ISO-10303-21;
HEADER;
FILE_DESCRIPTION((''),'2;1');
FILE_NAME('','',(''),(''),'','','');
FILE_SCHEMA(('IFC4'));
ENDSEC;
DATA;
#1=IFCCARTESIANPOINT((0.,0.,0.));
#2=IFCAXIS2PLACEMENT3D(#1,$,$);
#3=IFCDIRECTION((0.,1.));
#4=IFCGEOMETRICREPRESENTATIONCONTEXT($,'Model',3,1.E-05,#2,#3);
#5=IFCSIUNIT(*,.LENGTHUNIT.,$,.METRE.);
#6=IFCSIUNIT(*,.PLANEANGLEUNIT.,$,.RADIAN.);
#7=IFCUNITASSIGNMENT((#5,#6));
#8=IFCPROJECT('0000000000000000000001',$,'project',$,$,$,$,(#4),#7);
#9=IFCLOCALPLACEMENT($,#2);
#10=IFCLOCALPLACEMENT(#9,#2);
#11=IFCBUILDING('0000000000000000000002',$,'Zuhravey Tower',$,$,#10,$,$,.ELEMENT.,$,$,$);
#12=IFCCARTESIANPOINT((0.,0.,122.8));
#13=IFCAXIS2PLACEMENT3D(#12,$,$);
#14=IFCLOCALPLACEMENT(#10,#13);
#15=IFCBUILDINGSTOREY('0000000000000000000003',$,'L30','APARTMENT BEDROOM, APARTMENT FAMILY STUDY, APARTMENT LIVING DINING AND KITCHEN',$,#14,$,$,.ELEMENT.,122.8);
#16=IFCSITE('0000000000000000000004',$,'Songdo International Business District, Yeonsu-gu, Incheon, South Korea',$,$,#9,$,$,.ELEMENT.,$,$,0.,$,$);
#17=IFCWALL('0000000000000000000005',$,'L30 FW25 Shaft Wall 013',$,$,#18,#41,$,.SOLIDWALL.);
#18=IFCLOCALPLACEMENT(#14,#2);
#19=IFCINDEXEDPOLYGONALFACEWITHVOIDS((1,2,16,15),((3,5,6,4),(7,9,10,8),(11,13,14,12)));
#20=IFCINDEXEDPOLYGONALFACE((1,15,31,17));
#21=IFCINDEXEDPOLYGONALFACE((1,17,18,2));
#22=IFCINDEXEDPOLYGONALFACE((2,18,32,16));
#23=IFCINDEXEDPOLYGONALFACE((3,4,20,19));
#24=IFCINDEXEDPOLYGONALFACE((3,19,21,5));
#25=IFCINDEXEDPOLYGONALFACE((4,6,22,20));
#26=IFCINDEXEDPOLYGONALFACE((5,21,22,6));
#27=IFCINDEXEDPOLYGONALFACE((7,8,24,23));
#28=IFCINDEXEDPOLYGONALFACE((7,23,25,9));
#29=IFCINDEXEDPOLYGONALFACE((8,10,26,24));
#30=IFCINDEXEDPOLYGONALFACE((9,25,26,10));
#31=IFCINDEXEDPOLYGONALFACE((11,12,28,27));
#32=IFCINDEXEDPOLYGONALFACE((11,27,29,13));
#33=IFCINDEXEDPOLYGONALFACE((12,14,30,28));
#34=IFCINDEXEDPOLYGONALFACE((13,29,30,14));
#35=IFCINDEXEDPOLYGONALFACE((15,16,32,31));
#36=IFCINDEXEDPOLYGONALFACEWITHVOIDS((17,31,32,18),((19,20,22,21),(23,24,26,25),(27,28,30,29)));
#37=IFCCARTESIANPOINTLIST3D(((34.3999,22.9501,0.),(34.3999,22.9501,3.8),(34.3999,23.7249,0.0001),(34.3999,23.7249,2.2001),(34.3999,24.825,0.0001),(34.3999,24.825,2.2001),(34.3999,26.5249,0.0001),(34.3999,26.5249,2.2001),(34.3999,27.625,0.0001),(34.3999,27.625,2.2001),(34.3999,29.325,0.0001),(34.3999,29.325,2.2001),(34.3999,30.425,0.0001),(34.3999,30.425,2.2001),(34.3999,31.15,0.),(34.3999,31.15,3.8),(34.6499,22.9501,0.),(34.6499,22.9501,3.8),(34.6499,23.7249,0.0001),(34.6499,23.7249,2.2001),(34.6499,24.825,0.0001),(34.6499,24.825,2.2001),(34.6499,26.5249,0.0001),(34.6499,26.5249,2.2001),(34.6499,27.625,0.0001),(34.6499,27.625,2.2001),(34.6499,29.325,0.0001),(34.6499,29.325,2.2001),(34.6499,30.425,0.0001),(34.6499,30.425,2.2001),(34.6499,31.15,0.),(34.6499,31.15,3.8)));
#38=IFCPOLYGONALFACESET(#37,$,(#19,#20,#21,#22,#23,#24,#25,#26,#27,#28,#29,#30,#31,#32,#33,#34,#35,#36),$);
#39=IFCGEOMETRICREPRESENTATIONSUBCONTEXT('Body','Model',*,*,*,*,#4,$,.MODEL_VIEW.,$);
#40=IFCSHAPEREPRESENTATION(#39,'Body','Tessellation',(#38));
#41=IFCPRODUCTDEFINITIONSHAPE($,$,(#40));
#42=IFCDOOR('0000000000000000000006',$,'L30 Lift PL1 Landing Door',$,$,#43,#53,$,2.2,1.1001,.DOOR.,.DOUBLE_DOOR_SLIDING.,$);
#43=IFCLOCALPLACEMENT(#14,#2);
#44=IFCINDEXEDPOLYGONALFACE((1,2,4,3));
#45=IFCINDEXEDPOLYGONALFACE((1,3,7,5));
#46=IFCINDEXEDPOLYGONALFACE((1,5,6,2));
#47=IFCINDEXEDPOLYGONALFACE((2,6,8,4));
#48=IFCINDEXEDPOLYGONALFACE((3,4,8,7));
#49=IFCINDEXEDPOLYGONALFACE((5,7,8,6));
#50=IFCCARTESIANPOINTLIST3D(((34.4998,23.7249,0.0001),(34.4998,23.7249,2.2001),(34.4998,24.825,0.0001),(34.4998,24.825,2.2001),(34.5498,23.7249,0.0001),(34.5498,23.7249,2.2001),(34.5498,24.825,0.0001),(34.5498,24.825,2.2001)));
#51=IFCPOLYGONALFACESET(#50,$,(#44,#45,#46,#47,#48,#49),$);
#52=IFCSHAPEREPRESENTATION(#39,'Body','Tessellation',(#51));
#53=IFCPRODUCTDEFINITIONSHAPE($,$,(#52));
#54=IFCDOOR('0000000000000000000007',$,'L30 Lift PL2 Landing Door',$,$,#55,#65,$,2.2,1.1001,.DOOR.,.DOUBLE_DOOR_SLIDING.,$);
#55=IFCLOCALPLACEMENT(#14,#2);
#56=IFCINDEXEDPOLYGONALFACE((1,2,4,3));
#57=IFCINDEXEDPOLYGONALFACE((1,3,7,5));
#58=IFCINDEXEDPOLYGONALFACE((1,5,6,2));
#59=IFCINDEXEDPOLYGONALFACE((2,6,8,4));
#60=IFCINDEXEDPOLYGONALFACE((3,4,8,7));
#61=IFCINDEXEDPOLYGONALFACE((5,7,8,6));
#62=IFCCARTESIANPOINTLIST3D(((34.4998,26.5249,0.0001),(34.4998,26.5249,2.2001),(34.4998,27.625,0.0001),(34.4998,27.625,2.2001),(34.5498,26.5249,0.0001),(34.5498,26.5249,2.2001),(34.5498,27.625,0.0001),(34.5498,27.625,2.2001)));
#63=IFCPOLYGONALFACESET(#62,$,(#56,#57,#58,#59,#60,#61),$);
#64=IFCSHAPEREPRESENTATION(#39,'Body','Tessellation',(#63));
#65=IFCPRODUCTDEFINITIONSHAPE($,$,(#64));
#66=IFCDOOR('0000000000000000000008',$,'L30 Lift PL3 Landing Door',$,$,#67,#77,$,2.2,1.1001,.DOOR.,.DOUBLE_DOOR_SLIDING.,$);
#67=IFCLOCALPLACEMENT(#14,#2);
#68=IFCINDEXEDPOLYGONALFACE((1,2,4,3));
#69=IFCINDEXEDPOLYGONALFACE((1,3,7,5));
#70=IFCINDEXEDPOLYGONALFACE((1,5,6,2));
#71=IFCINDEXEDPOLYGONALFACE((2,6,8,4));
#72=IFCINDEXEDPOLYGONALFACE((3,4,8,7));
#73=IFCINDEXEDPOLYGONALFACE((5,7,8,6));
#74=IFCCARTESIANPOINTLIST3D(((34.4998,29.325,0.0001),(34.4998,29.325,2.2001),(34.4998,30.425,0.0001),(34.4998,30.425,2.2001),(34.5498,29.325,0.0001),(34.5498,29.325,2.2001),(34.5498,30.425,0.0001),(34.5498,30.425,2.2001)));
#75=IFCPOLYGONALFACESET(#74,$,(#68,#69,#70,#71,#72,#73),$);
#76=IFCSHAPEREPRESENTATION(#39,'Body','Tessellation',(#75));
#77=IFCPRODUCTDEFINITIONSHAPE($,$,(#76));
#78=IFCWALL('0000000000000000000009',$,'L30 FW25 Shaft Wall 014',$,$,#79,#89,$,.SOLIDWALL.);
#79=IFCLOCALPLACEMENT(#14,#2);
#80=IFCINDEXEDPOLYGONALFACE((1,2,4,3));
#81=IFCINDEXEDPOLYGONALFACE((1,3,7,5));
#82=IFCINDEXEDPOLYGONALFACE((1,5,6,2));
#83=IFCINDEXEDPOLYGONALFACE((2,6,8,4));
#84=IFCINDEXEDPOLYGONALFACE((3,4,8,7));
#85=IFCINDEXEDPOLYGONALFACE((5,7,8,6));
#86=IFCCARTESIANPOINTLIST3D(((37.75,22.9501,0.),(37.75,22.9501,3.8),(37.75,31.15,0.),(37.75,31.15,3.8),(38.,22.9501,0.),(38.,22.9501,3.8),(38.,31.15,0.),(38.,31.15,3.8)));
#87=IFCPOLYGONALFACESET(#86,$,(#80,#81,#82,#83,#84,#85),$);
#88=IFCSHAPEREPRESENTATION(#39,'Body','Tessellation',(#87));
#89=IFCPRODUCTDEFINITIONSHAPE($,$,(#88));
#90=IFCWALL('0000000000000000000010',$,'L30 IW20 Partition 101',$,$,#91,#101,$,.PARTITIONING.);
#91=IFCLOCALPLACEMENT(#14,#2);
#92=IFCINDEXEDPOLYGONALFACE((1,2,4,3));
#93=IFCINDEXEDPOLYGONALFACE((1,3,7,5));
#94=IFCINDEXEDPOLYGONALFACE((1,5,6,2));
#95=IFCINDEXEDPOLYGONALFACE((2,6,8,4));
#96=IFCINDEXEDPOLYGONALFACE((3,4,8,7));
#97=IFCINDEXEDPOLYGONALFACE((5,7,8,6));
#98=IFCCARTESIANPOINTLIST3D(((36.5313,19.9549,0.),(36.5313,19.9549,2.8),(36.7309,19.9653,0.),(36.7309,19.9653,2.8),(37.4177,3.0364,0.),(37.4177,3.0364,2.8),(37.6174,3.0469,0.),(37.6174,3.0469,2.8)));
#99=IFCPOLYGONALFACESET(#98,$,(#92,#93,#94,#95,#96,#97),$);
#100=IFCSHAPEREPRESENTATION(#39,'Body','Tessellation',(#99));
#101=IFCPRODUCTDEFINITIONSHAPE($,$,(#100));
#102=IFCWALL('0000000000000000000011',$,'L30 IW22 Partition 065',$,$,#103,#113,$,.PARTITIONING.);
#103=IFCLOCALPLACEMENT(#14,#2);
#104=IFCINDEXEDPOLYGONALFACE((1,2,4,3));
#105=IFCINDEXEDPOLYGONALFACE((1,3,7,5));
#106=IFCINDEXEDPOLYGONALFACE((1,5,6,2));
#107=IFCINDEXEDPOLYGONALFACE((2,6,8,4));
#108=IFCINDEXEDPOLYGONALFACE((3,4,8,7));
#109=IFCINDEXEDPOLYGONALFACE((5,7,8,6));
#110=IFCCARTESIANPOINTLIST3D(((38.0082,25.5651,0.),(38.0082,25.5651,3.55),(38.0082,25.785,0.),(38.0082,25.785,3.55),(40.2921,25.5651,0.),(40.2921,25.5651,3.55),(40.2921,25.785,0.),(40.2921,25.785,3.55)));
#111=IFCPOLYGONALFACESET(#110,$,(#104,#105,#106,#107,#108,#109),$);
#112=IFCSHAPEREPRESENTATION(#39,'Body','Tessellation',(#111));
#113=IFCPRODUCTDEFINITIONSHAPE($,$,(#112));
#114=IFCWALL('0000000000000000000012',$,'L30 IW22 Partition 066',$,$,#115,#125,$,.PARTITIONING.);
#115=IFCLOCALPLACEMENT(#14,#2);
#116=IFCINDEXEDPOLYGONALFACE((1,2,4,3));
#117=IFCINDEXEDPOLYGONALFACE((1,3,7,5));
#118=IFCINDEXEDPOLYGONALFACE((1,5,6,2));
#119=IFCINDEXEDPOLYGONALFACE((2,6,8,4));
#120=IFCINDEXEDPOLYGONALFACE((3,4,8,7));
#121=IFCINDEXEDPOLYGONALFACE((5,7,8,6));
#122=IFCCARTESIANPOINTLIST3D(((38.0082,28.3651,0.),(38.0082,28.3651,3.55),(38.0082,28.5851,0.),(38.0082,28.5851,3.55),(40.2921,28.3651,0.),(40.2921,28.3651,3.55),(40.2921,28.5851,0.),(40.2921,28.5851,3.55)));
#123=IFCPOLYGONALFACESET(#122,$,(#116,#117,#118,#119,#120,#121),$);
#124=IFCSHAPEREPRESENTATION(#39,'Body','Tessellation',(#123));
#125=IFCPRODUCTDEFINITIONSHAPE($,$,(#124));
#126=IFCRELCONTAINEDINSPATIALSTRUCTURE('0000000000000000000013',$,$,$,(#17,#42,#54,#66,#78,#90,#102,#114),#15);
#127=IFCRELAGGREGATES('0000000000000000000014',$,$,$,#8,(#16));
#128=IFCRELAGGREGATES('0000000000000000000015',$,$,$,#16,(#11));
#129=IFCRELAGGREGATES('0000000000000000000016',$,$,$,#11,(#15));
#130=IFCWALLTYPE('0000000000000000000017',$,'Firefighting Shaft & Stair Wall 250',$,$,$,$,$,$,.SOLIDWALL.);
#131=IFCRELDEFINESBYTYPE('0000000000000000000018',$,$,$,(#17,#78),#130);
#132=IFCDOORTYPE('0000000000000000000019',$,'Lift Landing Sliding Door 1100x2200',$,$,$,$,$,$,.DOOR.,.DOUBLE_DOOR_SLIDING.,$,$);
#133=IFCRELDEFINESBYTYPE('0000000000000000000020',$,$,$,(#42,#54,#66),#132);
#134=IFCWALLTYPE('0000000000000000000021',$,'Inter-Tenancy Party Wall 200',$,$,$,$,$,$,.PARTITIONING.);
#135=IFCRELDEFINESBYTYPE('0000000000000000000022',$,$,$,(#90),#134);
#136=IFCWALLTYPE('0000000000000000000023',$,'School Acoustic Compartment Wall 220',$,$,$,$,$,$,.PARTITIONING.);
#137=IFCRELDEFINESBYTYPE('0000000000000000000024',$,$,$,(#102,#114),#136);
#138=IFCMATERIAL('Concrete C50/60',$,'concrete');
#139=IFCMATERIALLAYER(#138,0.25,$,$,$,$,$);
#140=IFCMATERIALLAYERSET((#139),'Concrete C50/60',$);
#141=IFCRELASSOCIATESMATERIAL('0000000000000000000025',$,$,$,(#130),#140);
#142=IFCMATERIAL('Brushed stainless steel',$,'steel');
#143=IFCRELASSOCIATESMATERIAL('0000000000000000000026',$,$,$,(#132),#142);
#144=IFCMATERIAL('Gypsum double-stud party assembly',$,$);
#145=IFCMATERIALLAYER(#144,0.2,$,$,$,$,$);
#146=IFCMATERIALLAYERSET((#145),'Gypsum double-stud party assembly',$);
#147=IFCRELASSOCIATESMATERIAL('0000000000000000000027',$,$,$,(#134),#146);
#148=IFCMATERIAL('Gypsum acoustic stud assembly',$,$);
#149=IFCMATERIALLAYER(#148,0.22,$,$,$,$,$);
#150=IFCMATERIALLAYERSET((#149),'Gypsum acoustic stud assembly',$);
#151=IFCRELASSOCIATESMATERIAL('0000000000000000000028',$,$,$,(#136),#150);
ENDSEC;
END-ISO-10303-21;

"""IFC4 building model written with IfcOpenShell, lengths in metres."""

from ifc_helpers import new_model, si_unit, direction, frame, frame_2d, origin, place, context, subcontext, project, spatial, rectangle, extrude, material, layer, layer_set, type_object, element, fill, save


model = new_model("IFC4")

# Units and contexts
model_context = context("Model", 3, precision=1e-05, world=origin(), true_north=direction((0.0, 1.0)))
body_context = subcontext(model_context, "Body", "Model", "MODEL_VIEW")
ifc_project = project(units=[si_unit("LENGTHUNIT", "METRE"), si_unit("PLANEANGLEUNIT", "RADIAN")], contexts=[model_context])

# Site, building, storey
site_placement = place(None, origin())
site = spatial("IfcSite", under=ifc_project, at=site_placement, Name="Songdo International Business District, Yeonsu-gu, Incheon, South Korea", CompositionType="ELEMENT", RefElevation=0.0)
building_placement = place(site_placement, origin())
building = spatial("IfcBuilding", under=site, at=building_placement, Name="Zuhravey Tower", CompositionType="ELEMENT")
storey_placement = place(building_placement, frame((0.0, 0.0, 122.8)))
storey = spatial("IfcBuildingStorey", under=building, at=storey_placement, Name="L30", Description="APARTMENT BEDROOM, APARTMENT FAMILY STUDY, APARTMENT LIVING DINING AND KITCHEN", CompositionType="ELEMENT", Elevation=122.8)

# Shared definitions
ifc_material_1 = material(Name="Concrete C50/60", Category="concrete")
ifc_layer_1 = layer(ifc_material_1, 0.25)
ifc_layer_set_1 = layer_set([ifc_layer_1], Name="Concrete C50/60")
wall_type_1 = type_object("IfcWallType", Name="Firefighting Shaft & Stair Wall 250", PredefinedType="SOLIDWALL", material=ifc_layer_set_1)

# Wall, openings, doors
wall_1_placement = place(storey_placement, frame((34.5249, 22.95, 0.0), z_axis=(0.0, 0.0, 1.0), x_axis=(0.0, 1.0, 0.0)))
wall_1 = element("IfcWall", 1, at=wall_1_placement, inside=storey, type_object=wall_type_1, Name="L30 FW25 Shaft Wall 013", PredefinedType="SOLIDWALL", context=body_context, shape_type="SweptSolid", body=[
    extrude(rectangle(XDim=8.2, YDim=0.25, at=frame_2d((4.1001, 0.0))), origin(), (0.0, 0.0, 1.0), 3.8),
])
opening_1_placement = place(wall_1_placement, frame((0.7749, 0.0, 0.0)))
opening_1 = element("IfcOpeningElement", 2, at=opening_1_placement, cuts=wall_1, PredefinedType="OPENING", context=body_context, shape_type="SweptSolid", body=[
    extrude(rectangle(XDim=1.1001, YDim=2.2, at=frame_2d((0.55, 1.1001))), frame((0.0, 0.137, 0.0), z_axis=(0.0, -1.0, 0.0), x_axis=(1.0, 0.0, 0.0)), (0.0, 0.0, 1.0), 0.2739),
])
opening_2_placement = place(wall_1_placement, frame((3.575, 0.0, 0.0)))
opening_2 = element("IfcOpeningElement", 3, at=opening_2_placement, cuts=wall_1, PredefinedType="OPENING", context=body_context, shape_type="SweptSolid", body=[
    extrude(rectangle(XDim=1.1001, YDim=2.2, at=frame_2d((0.55, 1.1001))), frame((0.0, 0.137, 0.0), z_axis=(0.0, -1.0, 0.0), x_axis=(1.0, 0.0, 0.0)), (0.0, 0.0, 1.0), 0.2739),
])
opening_3_placement = place(wall_1_placement, frame((6.375, 0.0, 0.0)))
opening_3 = element("IfcOpeningElement", 4, at=opening_3_placement, cuts=wall_1, PredefinedType="OPENING", context=body_context, shape_type="SweptSolid", body=[
    extrude(rectangle(XDim=1.1001, YDim=2.2, at=frame_2d((0.55, 1.1001))), frame((0.0, 0.137, 0.0), z_axis=(0.0, -1.0, 0.0), x_axis=(1.0, 0.0, 0.0)), (0.0, 0.0, 1.0), 0.2739),
])
ifc_material_2 = material(Name="Brushed stainless steel", Category="steel")
door_type_1 = type_object("IfcDoorType", Name="Lift Landing Sliding Door 1100x2200", OperationType="DOUBLE_DOOR_SLIDING", PredefinedType="DOOR", material=ifc_material_2)
door_1_placement = place(opening_1_placement, frame((1.1001, 0.0, 0.0), z_axis=(0.0, 0.0, 1.0), x_axis=(-1.0, 0.0, 0.0)))
door_1 = element("IfcDoor", 5, at=door_1_placement, inside=storey, type_object=door_type_1, Name="L30 Lift PL1 Landing Door", OperationType="DOUBLE_DOOR_SLIDING", OverallHeight=2.2, OverallWidth=1.1001, PredefinedType="DOOR", context=body_context, shape_type="SweptSolid", body=[
    extrude(rectangle(XDim=1.1001, YDim=2.2, at=frame_2d((0.55, 1.1001))), frame((0.0, 0.0249, 0.0), z_axis=(0.0, -1.0, 0.0), x_axis=(1.0, 0.0, 0.0)), (0.0, 0.0, 1.0), 0.05),
])
fill(opening_1, door_1)
door_2_placement = place(opening_2_placement, frame((1.1001, 0.0, 0.0), z_axis=(0.0, 0.0, 1.0), x_axis=(-1.0, 0.0, 0.0)))
door_2 = element("IfcDoor", 6, at=door_2_placement, inside=storey, type_object=door_type_1, Name="L30 Lift PL2 Landing Door", OperationType="DOUBLE_DOOR_SLIDING", OverallHeight=2.2, OverallWidth=1.1001, PredefinedType="DOOR", context=body_context, shape_type="SweptSolid", body=[
    extrude(rectangle(XDim=1.1001, YDim=2.2, at=frame_2d((0.55, 1.1001))), frame((0.0, 0.0249, 0.0), z_axis=(0.0, -1.0, 0.0), x_axis=(1.0, 0.0, 0.0)), (0.0, 0.0, 1.0), 0.05),
])
fill(opening_2, door_2)
door_3_placement = place(opening_3_placement, frame((1.1001, 0.0, 0.0), z_axis=(0.0, 0.0, 1.0), x_axis=(-1.0, 0.0, 0.0)))
door_3 = element("IfcDoor", 7, at=door_3_placement, inside=storey, type_object=door_type_1, Name="L30 Lift PL3 Landing Door", OperationType="DOUBLE_DOOR_SLIDING", OverallHeight=2.2, OverallWidth=1.1001, PredefinedType="DOOR", context=body_context, shape_type="SweptSolid", body=[
    extrude(rectangle(XDim=1.1001, YDim=2.2, at=frame_2d((0.55, 1.1001))), frame((0.0, 0.0249, 0.0), z_axis=(0.0, -1.0, 0.0), x_axis=(1.0, 0.0, 0.0)), (0.0, 0.0, 1.0), 0.05),
])
fill(opening_3, door_3)

# Walls
wall_2_placement = place(storey_placement, frame((37.875, 22.95, 0.0), z_axis=(0.0, 0.0, 1.0), x_axis=(0.0, 1.0, 0.0)))
element("IfcWall", 8, at=wall_2_placement, inside=storey, type_object=wall_type_1, Name="L30 FW25 Shaft Wall 014", PredefinedType="SOLIDWALL", context=body_context, shape_type="SweptSolid", body=[
    extrude(rectangle(XDim=8.2, YDim=0.25, at=frame_2d((4.1001, 0.0))), origin(), (0.0, 0.0, 1.0), 3.8),
])
ifc_material_3 = material(Name="Gypsum double-stud party assembly")
ifc_layer_2 = layer(ifc_material_3, 0.2)
ifc_layer_set_2 = layer_set([ifc_layer_2], Name="Gypsum double-stud party assembly")
wall_type_2 = type_object("IfcWallType", Name="Inter-Tenancy Party Wall 200", PredefinedType="PARTITIONING", material=ifc_layer_set_2)
wall_3_placement = place(storey_placement, frame((36.6311, 19.96, 0.0), z_axis=(0.0, 0.0, 1.0), x_axis=(0.052325, -0.99863, 0.0)))
element("IfcWall", 9, at=wall_3_placement, inside=storey, type_object=wall_type_2, Name="L30 IW20 Partition 101", PredefinedType="PARTITIONING", context=body_context, shape_type="SweptSolid", body=[
    extrude(rectangle(XDim=16.9417, YDim=0.2, at=frame_2d((8.4707, 0.0))), origin(), (0.0, 0.0, 1.0), 2.8),
])
ifc_material_4 = material(Name="Gypsum acoustic stud assembly")
ifc_layer_3 = layer(ifc_material_4, 0.22)
ifc_layer_set_3 = layer_set([ifc_layer_3], Name="Gypsum acoustic stud assembly")
wall_type_3 = type_object("IfcWallType", Name="School Acoustic Compartment Wall 220", PredefinedType="PARTITIONING", material=ifc_layer_set_3)
for number, where, z_axis, x_axis, name in (
    (10, (38.0081, 25.675, 0.0), (0.0, 0.0, 1.0), (1.0, 0.0, 0.0), "L30 IW22 Partition 065"),
    (11, (38.0081, 28.4751, 0.0), (0.0, 0.0, 1.0), (1.0, 0.0, 0.0), "L30 IW22 Partition 066"),
):
    element("IfcWall", number, at=place(storey_placement, frame(where, z_axis=z_axis, x_axis=x_axis)), inside=storey, type_object=wall_type_3, Name=name, PredefinedType="PARTITIONING", context=body_context, shape_type="SweptSolid", body=[
        extrude(rectangle(XDim=2.2839, YDim=0.22, at=frame_2d((1.1421, 0.0))), origin(), (0.0, 0.0, 1.0), 3.55),
    ])

save(model, "model.ifc")
